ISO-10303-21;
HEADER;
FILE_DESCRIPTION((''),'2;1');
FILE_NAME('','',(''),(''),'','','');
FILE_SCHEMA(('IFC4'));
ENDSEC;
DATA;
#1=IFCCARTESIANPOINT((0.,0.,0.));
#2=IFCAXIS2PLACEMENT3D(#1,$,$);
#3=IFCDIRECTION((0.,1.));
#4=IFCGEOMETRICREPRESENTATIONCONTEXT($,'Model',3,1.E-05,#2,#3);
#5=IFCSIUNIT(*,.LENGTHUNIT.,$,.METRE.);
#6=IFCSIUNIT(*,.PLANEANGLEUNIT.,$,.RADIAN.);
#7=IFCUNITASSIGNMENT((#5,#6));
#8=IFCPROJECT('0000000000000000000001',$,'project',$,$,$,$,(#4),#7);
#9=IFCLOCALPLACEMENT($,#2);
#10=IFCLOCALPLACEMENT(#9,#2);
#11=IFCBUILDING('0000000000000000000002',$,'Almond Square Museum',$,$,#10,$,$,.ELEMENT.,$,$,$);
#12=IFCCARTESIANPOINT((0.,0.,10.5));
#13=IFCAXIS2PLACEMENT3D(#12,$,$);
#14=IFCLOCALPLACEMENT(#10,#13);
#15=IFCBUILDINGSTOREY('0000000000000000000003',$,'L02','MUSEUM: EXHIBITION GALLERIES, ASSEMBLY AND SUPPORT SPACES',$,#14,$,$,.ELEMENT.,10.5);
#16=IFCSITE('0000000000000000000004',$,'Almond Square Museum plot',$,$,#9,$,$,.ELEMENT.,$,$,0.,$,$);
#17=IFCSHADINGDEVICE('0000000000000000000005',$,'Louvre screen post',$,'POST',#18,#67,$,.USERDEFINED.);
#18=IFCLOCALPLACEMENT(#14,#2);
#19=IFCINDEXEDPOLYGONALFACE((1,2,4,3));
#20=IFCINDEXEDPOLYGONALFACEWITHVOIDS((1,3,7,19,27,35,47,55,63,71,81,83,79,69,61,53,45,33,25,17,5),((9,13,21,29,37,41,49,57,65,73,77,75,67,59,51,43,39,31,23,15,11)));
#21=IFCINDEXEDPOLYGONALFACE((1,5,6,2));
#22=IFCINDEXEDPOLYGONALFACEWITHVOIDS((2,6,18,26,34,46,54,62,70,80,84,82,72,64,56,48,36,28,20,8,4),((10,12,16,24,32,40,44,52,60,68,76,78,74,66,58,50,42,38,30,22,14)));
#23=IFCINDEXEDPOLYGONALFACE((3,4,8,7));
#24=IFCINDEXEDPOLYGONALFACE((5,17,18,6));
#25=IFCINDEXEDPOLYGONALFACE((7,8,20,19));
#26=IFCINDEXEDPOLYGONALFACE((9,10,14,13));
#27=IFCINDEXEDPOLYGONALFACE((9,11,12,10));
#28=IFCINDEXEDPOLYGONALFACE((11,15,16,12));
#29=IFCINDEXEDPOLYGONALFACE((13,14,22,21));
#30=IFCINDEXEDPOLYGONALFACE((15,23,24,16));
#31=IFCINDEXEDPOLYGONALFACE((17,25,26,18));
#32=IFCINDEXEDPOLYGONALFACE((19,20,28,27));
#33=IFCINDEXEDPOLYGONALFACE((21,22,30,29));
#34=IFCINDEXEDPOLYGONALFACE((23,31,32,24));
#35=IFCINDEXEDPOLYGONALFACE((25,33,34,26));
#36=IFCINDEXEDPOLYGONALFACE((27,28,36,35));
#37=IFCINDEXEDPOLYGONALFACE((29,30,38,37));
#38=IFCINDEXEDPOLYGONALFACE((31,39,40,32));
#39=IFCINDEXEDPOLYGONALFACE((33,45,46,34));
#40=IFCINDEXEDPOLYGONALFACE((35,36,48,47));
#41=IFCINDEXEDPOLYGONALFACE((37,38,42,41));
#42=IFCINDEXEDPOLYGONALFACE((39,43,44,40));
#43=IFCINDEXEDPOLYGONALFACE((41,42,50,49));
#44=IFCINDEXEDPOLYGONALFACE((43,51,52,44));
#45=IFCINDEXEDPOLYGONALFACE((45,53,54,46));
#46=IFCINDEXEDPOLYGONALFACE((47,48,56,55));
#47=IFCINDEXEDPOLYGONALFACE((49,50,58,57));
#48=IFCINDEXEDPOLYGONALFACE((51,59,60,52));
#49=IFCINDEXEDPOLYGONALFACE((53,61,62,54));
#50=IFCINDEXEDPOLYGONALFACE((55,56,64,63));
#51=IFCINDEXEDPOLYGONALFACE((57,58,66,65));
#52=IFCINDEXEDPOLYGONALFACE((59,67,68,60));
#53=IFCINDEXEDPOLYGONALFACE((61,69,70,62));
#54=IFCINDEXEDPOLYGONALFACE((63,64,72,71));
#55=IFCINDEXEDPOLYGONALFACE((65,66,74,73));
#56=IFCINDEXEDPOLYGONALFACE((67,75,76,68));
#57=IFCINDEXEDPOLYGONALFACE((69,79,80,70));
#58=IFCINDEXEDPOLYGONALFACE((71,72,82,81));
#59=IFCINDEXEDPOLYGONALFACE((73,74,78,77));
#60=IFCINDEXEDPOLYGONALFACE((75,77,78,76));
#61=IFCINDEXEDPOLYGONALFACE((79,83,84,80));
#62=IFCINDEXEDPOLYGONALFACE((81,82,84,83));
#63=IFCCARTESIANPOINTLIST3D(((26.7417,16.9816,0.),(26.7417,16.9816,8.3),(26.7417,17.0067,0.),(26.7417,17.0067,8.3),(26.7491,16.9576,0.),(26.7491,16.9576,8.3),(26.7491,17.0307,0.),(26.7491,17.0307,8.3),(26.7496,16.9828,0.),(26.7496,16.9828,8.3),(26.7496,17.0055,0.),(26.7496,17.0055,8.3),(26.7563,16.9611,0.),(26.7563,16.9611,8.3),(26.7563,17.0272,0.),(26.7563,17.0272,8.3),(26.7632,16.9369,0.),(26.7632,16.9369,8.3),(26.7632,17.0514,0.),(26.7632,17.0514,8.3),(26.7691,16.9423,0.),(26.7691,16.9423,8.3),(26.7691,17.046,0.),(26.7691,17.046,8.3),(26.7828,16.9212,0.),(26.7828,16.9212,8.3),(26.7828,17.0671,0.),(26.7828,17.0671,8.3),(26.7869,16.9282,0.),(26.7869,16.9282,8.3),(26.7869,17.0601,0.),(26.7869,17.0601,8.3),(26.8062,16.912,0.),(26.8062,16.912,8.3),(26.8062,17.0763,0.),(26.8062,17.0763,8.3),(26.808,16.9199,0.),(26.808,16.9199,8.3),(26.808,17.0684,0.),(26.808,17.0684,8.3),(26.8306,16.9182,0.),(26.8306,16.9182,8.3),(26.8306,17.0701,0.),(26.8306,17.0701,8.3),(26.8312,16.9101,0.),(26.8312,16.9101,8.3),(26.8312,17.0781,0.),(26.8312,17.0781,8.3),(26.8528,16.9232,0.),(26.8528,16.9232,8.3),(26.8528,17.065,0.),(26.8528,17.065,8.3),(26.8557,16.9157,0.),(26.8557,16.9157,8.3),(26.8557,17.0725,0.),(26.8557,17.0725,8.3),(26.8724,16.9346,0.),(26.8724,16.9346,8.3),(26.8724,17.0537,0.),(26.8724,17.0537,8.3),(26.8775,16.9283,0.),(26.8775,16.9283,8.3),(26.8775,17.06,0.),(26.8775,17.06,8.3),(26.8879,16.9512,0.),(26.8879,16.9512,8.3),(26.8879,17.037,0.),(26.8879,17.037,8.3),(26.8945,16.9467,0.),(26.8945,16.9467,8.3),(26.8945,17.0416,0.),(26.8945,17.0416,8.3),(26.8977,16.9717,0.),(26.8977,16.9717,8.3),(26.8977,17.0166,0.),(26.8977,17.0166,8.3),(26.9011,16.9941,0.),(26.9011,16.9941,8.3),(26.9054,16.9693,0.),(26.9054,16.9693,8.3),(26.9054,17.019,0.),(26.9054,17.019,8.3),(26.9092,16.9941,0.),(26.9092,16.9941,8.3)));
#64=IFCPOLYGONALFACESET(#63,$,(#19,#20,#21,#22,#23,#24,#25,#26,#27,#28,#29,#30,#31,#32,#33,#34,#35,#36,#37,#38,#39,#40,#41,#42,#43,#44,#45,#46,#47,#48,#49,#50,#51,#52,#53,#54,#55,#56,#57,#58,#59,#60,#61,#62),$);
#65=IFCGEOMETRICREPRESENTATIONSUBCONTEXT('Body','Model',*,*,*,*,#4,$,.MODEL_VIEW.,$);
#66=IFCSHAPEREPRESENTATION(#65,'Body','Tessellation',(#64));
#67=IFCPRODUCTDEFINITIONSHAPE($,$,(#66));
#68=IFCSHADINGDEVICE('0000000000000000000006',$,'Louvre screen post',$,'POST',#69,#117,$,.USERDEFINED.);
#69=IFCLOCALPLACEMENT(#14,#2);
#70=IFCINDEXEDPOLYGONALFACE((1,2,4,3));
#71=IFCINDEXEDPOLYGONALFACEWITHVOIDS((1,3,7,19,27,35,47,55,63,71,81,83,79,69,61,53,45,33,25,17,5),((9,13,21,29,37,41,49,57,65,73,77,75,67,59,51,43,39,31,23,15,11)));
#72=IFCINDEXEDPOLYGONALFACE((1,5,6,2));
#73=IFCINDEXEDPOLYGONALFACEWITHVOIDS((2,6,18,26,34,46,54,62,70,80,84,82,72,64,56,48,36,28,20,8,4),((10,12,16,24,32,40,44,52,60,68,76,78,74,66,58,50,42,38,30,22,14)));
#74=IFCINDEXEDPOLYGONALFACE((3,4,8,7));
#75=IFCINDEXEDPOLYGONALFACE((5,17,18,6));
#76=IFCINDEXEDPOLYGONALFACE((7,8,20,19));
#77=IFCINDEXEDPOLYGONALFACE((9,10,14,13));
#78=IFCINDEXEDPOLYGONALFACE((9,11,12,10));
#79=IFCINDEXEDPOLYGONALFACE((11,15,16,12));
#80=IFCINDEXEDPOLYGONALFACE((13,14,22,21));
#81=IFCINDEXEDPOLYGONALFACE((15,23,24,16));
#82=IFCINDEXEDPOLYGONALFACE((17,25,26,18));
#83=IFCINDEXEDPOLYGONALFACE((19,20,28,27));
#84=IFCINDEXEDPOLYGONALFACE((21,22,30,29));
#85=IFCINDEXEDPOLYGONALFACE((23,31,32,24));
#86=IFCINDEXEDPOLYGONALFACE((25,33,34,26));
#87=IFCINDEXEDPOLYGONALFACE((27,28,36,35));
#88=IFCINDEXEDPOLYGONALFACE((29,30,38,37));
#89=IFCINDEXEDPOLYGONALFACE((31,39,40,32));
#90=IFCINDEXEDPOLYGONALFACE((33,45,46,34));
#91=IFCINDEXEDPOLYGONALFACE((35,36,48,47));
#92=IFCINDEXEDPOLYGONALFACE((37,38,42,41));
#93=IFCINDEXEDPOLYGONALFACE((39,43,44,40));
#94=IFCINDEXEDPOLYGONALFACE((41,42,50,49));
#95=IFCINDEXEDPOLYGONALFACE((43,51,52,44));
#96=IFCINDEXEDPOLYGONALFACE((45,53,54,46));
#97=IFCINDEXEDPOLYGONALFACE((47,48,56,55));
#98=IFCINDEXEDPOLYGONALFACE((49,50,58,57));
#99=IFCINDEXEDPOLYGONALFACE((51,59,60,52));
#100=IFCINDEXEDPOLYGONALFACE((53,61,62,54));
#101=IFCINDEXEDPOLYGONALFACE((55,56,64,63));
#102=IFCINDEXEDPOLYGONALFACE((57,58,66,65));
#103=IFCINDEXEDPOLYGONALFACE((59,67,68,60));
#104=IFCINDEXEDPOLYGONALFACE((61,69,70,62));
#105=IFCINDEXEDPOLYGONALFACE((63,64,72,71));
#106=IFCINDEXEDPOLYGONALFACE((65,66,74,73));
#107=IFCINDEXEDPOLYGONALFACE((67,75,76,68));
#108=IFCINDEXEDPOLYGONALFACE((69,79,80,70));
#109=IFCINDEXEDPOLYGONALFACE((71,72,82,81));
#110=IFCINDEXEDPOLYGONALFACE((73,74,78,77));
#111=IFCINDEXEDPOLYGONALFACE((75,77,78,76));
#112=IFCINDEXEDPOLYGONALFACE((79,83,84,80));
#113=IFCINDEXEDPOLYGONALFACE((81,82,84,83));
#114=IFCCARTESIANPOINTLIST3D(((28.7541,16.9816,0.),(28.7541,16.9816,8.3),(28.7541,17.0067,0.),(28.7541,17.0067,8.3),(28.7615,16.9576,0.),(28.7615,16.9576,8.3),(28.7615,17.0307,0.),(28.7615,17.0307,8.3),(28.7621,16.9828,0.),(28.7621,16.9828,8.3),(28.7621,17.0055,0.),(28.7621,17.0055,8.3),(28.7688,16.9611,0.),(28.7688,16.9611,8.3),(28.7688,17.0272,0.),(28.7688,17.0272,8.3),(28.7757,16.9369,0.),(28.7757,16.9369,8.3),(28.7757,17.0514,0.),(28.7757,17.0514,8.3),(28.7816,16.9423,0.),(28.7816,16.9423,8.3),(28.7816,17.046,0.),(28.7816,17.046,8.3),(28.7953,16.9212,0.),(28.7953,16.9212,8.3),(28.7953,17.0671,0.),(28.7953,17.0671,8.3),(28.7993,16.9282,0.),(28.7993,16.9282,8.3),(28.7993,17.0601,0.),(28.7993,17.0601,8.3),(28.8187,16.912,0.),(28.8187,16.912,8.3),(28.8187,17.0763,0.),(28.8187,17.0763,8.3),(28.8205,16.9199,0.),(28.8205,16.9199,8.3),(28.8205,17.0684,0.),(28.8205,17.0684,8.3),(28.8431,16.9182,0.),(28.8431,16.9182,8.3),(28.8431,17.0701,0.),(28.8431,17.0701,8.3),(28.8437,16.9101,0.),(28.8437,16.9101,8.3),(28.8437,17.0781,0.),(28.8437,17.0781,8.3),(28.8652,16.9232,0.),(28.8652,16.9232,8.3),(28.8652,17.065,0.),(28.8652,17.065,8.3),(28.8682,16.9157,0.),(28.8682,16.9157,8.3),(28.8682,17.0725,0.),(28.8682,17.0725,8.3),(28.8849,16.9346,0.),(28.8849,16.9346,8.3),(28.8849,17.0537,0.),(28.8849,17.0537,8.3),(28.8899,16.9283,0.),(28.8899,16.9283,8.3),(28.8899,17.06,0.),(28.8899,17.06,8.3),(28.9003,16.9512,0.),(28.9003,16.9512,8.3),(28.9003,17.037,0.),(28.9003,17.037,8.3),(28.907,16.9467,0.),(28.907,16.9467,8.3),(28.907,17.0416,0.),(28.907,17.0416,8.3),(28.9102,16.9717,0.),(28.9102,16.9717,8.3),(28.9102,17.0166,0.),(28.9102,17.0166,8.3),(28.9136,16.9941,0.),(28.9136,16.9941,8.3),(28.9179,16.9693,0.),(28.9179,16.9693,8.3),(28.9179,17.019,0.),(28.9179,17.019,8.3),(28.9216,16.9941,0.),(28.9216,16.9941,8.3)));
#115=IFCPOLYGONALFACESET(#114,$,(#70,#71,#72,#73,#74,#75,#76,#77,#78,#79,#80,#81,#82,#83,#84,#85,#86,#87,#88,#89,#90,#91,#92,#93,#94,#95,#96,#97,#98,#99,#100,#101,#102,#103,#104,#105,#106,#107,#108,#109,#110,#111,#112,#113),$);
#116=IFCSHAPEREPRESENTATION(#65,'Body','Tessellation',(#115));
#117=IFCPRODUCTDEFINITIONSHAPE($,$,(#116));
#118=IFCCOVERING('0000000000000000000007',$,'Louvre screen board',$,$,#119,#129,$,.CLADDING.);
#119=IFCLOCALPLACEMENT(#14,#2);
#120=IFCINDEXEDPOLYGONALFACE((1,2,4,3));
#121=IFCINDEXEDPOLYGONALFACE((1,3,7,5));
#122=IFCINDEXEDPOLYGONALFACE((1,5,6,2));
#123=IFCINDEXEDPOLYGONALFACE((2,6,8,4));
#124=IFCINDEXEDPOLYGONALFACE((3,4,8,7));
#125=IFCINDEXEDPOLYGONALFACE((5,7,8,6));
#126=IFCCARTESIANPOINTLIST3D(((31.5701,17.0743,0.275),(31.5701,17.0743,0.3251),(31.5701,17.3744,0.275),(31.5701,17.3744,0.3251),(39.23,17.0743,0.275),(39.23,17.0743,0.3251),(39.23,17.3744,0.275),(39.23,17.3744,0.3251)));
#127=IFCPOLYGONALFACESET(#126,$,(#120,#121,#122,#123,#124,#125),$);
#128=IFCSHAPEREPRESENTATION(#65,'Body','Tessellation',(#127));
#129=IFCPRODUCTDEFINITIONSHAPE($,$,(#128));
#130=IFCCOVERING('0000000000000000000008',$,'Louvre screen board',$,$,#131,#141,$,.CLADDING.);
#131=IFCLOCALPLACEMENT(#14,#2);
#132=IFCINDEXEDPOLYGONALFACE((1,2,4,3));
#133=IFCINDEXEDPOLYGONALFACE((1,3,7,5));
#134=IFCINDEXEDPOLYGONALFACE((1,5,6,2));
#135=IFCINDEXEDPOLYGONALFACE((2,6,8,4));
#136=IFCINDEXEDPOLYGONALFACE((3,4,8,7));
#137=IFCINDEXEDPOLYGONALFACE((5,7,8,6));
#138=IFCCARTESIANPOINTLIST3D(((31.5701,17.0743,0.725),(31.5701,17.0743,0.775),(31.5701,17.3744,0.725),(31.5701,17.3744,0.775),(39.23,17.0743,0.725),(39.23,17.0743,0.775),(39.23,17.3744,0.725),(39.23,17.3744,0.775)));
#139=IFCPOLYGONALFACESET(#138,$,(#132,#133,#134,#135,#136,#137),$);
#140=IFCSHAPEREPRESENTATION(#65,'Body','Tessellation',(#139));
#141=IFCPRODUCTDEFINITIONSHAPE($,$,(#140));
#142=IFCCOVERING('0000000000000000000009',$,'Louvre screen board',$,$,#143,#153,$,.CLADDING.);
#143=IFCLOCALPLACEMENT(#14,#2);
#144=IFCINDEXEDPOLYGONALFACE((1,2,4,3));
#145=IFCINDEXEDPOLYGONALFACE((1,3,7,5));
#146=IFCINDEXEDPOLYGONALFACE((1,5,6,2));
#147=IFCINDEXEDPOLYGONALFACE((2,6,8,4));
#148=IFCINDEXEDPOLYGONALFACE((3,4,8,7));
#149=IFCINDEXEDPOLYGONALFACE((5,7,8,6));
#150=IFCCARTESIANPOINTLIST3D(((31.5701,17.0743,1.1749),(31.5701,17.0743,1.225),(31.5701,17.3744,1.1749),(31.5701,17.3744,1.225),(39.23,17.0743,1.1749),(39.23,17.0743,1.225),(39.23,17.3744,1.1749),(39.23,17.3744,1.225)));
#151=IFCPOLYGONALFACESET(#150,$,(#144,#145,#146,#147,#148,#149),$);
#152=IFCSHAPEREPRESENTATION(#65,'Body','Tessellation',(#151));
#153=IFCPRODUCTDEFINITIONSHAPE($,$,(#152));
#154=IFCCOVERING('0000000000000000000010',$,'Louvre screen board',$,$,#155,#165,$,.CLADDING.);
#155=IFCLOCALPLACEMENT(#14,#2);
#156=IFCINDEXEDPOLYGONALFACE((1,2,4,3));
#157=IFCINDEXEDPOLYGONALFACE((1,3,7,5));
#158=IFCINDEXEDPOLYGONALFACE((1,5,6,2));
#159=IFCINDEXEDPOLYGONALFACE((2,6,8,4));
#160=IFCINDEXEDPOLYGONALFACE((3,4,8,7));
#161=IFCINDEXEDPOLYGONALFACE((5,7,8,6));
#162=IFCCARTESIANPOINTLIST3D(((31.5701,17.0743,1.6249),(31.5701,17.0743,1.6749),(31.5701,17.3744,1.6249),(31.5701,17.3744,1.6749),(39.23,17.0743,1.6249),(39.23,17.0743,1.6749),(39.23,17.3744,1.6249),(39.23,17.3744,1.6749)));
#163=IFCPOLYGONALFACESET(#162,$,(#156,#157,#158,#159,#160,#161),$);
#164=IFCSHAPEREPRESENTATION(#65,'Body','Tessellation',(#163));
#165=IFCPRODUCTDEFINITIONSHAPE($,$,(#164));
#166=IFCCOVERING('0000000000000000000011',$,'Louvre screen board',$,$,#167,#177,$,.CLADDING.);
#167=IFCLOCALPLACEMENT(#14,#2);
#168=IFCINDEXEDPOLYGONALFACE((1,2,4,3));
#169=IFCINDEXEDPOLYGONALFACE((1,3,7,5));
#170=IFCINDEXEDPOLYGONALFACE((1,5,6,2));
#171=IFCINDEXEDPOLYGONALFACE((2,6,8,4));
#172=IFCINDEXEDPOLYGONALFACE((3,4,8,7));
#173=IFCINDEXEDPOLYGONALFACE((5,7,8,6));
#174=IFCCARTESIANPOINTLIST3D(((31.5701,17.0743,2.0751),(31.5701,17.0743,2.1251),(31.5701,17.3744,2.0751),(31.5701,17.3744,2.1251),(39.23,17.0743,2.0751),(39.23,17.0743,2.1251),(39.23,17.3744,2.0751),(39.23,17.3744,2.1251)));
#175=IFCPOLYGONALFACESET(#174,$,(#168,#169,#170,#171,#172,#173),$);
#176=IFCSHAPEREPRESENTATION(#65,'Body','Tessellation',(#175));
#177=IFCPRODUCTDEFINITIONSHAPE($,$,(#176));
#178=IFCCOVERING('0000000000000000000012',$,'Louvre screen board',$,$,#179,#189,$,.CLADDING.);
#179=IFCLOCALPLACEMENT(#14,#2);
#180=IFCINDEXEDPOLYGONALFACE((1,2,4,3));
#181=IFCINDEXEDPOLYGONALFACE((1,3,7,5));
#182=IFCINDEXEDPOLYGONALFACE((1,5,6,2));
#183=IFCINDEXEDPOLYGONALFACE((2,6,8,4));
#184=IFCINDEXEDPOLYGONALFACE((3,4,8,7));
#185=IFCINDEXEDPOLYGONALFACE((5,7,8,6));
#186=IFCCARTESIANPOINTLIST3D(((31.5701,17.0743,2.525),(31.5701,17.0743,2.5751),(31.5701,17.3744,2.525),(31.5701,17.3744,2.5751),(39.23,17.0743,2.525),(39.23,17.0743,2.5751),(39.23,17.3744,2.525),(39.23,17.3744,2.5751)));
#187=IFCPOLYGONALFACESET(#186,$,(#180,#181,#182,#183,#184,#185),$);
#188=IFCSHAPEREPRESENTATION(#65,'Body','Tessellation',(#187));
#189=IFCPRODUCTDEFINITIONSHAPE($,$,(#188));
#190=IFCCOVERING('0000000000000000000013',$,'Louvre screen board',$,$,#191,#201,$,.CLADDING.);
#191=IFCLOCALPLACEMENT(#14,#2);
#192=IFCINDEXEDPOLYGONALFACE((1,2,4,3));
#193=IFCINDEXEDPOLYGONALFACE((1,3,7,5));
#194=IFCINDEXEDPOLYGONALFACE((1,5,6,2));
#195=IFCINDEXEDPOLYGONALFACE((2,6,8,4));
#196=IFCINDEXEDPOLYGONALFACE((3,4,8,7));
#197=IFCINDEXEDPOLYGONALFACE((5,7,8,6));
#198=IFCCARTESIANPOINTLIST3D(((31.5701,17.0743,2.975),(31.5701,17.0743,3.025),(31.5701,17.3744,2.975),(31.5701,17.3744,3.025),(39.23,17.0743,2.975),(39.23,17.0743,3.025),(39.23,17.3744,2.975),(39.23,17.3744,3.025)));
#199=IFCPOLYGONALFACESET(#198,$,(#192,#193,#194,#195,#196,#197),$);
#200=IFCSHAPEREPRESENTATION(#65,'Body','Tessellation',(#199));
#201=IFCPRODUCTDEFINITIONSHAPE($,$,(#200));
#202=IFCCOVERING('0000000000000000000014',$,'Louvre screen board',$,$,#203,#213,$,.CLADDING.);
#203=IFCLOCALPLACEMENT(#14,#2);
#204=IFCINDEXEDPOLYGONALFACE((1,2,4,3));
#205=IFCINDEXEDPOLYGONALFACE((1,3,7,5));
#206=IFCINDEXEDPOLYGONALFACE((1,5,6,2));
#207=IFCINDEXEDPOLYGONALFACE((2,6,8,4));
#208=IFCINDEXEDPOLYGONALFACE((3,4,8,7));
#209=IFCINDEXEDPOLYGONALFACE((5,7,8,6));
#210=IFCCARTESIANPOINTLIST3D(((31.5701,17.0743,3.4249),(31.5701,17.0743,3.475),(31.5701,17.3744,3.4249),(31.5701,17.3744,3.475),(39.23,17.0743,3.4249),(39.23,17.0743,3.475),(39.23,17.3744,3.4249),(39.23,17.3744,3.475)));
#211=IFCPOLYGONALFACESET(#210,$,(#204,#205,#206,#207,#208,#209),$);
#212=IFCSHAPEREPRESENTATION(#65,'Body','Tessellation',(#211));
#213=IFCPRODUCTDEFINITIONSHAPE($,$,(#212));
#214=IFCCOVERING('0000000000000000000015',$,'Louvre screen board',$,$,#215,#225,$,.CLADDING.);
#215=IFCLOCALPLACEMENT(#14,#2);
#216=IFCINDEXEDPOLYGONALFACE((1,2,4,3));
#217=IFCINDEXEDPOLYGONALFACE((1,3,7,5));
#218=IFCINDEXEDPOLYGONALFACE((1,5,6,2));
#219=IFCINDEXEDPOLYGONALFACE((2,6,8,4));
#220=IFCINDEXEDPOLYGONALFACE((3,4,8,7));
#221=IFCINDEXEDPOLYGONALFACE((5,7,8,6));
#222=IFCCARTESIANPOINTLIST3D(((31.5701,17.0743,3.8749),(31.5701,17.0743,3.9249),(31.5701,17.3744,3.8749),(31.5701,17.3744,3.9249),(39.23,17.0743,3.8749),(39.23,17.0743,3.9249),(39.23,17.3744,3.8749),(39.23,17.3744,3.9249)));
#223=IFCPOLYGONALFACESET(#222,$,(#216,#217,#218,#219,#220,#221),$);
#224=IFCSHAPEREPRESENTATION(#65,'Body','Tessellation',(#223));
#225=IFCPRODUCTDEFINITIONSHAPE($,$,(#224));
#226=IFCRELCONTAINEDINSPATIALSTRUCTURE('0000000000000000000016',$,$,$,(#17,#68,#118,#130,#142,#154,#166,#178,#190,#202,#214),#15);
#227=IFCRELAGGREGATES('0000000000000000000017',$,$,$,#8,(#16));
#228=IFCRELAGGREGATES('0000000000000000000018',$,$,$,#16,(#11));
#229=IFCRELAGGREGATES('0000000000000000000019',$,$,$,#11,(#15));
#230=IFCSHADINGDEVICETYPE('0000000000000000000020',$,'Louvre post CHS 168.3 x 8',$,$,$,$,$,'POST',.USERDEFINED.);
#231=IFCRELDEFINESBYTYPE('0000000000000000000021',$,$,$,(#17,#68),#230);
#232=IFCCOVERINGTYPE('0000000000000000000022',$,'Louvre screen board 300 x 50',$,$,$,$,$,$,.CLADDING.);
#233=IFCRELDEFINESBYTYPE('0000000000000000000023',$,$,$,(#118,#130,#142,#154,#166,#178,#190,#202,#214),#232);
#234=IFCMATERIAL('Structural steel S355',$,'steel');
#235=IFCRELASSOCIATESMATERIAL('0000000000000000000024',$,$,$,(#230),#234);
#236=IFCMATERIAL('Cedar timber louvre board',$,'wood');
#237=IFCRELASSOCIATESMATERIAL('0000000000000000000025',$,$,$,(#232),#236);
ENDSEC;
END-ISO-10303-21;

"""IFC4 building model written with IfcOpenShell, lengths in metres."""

from ifc_helpers import new_model, si_unit, direction, frame, origin, origin_2d, place, context, subcontext, project, spatial, rectangle, hollow_circle, extrude, material, material_profile, profile_set, type_object, element, save


model = new_model("IFC4")

# Units and contexts
model_context = context("Model", 3, precision=1e-05, world=origin(), true_north=direction((0.0, 1.0)))
body_context = subcontext(model_context, "Body", "Model", "MODEL_VIEW")
ifc_project = project(units=[si_unit("LENGTHUNIT", "METRE"), si_unit("PLANEANGLEUNIT", "RADIAN")], contexts=[model_context])

# Site, building, storey
site_placement = place(None, origin())
site = spatial("IfcSite", under=ifc_project, at=site_placement, Name="Almond Square Museum plot", CompositionType="ELEMENT", RefElevation=0.0)
building_placement = place(site_placement, origin())
building = spatial("IfcBuilding", under=site, at=building_placement, Name="Almond Square Museum", CompositionType="ELEMENT")
storey_placement = place(building_placement, frame((0.0, 0.0, 10.5)))
storey = spatial("IfcBuildingStorey", under=building, at=storey_placement, Name="L02", Description="MUSEUM: EXHIBITION GALLERIES, ASSEMBLY AND SUPPORT SPACES", CompositionType="ELEMENT", Elevation=10.5)

# Shading devices
ifc_material_1 = material(Name="Structural steel S355", Category="steel")
ifc_material_profile_1 = material_profile(ifc_material_1, hollow_circle(Radius=0.0842, WallThickness=0.0081, at=origin_2d()))
ifc_profile_set_1 = profile_set([ifc_material_profile_1], Name="Structural steel S355")
shading_device_type = type_object("IfcShadingDeviceType", Name="Louvre post CHS 168.3 x 8", ElementType="POST", PredefinedType="USERDEFINED", material=ifc_profile_set_1)
for number, where, z_axis, x_axis, name in (
    (1, (26.825, 16.9941, 0.0), (0.0, 0.0, 1.0), (1.0, 0.0, 0.0), "Louvre screen post"),
    (2, (28.8374, 16.9941, 0.0), (0.0, 0.0, 1.0), (1.0, 0.0, 0.0), "Louvre screen post"),
):
    element("IfcShadingDevice", number, at=place(storey_placement, frame(where, z_axis=z_axis, x_axis=x_axis)), inside=storey, type_object=shading_device_type, Name=name, ObjectType="POST", PredefinedType="USERDEFINED", context=body_context, shape_type="SweptSolid", body=[
        extrude(hollow_circle(Radius=0.0842, WallThickness=0.0081, at=origin_2d()), origin(), (0.0, 0.0, 1.0), 8.3),
    ])

# Coverings
ifc_material_2 = material(Name="Cedar timber louvre board", Category="wood")
ifc_material_profile_2 = material_profile(ifc_material_2, rectangle(XDim=0.3, YDim=0.05, at=origin_2d()))
ifc_profile_set_2 = profile_set([ifc_material_profile_2], Name="Cedar timber louvre board")
covering_type = type_object("IfcCoveringType", Name="Louvre screen board 300 x 50", PredefinedType="CLADDING", material=ifc_profile_set_2)
for number, where, z_axis, x_axis, name in (
    (3, (31.5701, 17.2244, 0.3), (1.0, 0.0, 0.0), (0.0, 1.0, 0.0), "Louvre screen board"),
    (4, (31.5701, 17.2244, 0.75), (1.0, 0.0, 0.0), (0.0, 1.0, 0.0), "Louvre screen board"),
    (5, (31.5701, 17.2244, 1.2), (1.0, 0.0, 0.0), (0.0, 1.0, 0.0), "Louvre screen board"),
    (6, (31.5701, 17.2244, 1.6499), (1.0, 0.0, 0.0), (0.0, 1.0, 0.0), "Louvre screen board"),
    (7, (31.5701, 17.2244, 2.1001), (1.0, 0.0, 0.0), (0.0, 1.0, 0.0), "Louvre screen board"),
    (8, (31.5701, 17.2244, 2.55), (1.0, 0.0, 0.0), (0.0, 1.0, 0.0), "Louvre screen board"),
    (9, (31.5701, 17.2244, 3.0), (1.0, 0.0, 0.0), (0.0, 1.0, 0.0), "Louvre screen board"),
    (10, (31.5701, 17.2244, 3.45), (1.0, 0.0, 0.0), (0.0, 1.0, 0.0), "Louvre screen board"),
    (11, (31.5701, 17.2244, 3.8999), (1.0, 0.0, 0.0), (0.0, 1.0, 0.0), "Louvre screen board"),
):
    element("IfcCovering", number, at=place(storey_placement, frame(where, z_axis=z_axis, x_axis=x_axis)), inside=storey, type_object=covering_type, Name=name, PredefinedType="CLADDING", context=body_context, shape_type="SweptSolid", body=[
        extrude(rectangle(XDim=0.3, YDim=0.05, at=origin_2d()), origin(), (0.0, 0.0, 1.0), 7.6599),
    ])

save(model, "model.ifc")
